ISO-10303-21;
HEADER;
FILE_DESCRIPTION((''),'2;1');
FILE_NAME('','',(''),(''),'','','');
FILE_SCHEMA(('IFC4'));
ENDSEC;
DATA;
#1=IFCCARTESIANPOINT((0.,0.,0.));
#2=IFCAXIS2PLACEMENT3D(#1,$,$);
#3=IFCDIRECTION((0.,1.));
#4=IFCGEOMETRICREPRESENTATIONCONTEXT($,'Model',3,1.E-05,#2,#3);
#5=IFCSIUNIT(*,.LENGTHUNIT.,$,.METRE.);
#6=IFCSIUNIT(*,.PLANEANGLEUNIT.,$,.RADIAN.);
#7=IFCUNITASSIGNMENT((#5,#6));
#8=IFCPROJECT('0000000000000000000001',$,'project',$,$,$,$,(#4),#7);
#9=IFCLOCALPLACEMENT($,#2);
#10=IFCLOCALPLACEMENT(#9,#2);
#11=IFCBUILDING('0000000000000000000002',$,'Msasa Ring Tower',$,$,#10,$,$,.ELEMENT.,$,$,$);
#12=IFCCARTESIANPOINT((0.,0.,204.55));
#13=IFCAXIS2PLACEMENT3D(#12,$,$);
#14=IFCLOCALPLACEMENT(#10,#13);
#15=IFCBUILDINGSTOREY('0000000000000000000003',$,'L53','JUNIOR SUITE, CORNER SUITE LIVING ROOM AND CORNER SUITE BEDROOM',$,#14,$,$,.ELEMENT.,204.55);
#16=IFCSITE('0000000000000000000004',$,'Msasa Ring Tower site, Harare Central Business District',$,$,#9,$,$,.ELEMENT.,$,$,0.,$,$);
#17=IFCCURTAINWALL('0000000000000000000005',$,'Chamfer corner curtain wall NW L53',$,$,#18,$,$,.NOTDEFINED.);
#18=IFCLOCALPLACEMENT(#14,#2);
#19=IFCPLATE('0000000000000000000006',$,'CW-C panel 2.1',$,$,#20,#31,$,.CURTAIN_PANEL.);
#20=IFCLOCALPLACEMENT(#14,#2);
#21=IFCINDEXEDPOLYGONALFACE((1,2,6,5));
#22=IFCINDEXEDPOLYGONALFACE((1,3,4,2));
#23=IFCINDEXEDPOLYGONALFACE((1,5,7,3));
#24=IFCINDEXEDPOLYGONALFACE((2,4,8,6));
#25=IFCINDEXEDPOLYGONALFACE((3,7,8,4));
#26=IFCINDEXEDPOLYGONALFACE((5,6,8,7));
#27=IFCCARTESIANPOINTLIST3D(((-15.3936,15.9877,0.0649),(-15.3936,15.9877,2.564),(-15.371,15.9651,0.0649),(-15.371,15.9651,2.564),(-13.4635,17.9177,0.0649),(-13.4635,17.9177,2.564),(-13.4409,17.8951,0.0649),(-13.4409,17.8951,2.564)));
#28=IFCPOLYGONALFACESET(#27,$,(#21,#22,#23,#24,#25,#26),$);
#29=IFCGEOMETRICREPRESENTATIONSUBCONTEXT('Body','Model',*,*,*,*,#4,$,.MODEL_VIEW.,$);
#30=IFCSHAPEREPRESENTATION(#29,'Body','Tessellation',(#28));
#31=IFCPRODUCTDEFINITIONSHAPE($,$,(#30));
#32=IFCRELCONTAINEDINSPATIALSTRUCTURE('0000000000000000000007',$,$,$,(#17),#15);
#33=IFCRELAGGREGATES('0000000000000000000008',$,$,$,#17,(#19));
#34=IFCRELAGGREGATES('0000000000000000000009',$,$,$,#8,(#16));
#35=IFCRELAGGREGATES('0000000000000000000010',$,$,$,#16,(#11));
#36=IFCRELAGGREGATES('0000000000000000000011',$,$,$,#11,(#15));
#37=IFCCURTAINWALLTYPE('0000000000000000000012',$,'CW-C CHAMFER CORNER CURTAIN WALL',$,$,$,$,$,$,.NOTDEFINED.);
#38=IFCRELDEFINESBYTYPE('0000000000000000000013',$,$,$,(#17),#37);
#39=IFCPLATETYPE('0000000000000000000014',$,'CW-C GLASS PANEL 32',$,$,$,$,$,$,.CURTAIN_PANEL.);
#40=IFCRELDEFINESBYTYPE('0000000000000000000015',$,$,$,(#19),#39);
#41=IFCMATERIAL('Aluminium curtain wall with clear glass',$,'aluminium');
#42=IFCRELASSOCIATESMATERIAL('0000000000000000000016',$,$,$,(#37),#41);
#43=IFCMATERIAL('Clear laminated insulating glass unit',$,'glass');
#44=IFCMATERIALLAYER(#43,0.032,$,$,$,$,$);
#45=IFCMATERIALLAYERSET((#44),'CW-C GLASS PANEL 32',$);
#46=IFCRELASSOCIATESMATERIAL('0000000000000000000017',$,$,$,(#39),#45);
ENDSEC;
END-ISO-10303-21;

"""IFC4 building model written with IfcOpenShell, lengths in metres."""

from ifc_helpers import new_model, si_unit, direction, frame, origin, origin_2d, place, context, subcontext, project, spatial, rectangle, extrude, material, layer, layer_set, type_object, element, aggregate, save


model = new_model("IFC4")

# Units and contexts
model_context = context("Model", 3, precision=1e-05, world=origin(), true_north=direction((0.0, 1.0)))
body_context = subcontext(model_context, "Body", "Model", "MODEL_VIEW")
ifc_project = project(units=[si_unit("LENGTHUNIT", "METRE"), si_unit("PLANEANGLEUNIT", "RADIAN")], contexts=[model_context])

# Site, building, storey
site_placement = place(None, origin())
site = spatial("IfcSite", under=ifc_project, at=site_placement, Name="Msasa Ring Tower site, Harare Central Business District", CompositionType="ELEMENT", RefElevation=0.0)
building_placement = place(site_placement, origin())
building = spatial("IfcBuilding", under=site, at=building_placement, Name="Msasa Ring Tower", CompositionType="ELEMENT")
storey_placement = place(building_placement, frame((0.0, 0.0, 204.55)))
storey = spatial("IfcBuildingStorey", under=building, at=storey_placement, Name="L53", Description="JUNIOR SUITE, CORNER SUITE LIVING ROOM AND CORNER SUITE BEDROOM", CompositionType="ELEMENT", Elevation=204.55)

# Shared definitions
ifc_material_1 = material(Name="Aluminium curtain wall with clear glass", Category="aluminium")
curtain_wall_type = type_object("IfcCurtainWallType", Name="CW-C CHAMFER CORNER CURTAIN WALL", PredefinedType="NOTDEFINED", material=ifc_material_1)

# Curtain wall
curtain_wall_1_placement = place(storey_placement, origin())
curtain_wall_1 = element("IfcCurtainWall", 1, at=curtain_wall_1_placement, inside=storey, type_object=curtain_wall_type, Name="Chamfer corner curtain wall NW L53", PredefinedType="NOTDEFINED")

# Plate
ifc_material_2 = material(Name="Clear laminated insulating glass unit", Category="glass")
ifc_layer = layer(ifc_material_2, 0.032)
ifc_layer_set = layer_set([ifc_layer], Name="CW-C GLASS PANEL 32")
plate_type = type_object("IfcPlateType", Name="CW-C GLASS PANEL 32", PredefinedType="CURTAIN_PANEL", material=ifc_layer_set)
plate_1_placement = place(storey_placement, frame((-14.4172, 16.9414, 0.0649), z_axis=(0.0, 0.0, 1.0), x_axis=(-0.707107, -0.707107, 0.0)))
plate_1 = element("IfcPlate", 2, at=plate_1_placement, type_object=plate_type, Name="CW-C panel 2.1", PredefinedType="CURTAIN_PANEL", context=body_context, shape_type="SweptSolid", body=[
    extrude(rectangle(XDim=2.7295, YDim=0.032, at=origin_2d()), origin(), (0.0, 0.0, 1.0), 2.499),
])
aggregate(curtain_wall_1, [plate_1])

save(model, "model.ifc")
